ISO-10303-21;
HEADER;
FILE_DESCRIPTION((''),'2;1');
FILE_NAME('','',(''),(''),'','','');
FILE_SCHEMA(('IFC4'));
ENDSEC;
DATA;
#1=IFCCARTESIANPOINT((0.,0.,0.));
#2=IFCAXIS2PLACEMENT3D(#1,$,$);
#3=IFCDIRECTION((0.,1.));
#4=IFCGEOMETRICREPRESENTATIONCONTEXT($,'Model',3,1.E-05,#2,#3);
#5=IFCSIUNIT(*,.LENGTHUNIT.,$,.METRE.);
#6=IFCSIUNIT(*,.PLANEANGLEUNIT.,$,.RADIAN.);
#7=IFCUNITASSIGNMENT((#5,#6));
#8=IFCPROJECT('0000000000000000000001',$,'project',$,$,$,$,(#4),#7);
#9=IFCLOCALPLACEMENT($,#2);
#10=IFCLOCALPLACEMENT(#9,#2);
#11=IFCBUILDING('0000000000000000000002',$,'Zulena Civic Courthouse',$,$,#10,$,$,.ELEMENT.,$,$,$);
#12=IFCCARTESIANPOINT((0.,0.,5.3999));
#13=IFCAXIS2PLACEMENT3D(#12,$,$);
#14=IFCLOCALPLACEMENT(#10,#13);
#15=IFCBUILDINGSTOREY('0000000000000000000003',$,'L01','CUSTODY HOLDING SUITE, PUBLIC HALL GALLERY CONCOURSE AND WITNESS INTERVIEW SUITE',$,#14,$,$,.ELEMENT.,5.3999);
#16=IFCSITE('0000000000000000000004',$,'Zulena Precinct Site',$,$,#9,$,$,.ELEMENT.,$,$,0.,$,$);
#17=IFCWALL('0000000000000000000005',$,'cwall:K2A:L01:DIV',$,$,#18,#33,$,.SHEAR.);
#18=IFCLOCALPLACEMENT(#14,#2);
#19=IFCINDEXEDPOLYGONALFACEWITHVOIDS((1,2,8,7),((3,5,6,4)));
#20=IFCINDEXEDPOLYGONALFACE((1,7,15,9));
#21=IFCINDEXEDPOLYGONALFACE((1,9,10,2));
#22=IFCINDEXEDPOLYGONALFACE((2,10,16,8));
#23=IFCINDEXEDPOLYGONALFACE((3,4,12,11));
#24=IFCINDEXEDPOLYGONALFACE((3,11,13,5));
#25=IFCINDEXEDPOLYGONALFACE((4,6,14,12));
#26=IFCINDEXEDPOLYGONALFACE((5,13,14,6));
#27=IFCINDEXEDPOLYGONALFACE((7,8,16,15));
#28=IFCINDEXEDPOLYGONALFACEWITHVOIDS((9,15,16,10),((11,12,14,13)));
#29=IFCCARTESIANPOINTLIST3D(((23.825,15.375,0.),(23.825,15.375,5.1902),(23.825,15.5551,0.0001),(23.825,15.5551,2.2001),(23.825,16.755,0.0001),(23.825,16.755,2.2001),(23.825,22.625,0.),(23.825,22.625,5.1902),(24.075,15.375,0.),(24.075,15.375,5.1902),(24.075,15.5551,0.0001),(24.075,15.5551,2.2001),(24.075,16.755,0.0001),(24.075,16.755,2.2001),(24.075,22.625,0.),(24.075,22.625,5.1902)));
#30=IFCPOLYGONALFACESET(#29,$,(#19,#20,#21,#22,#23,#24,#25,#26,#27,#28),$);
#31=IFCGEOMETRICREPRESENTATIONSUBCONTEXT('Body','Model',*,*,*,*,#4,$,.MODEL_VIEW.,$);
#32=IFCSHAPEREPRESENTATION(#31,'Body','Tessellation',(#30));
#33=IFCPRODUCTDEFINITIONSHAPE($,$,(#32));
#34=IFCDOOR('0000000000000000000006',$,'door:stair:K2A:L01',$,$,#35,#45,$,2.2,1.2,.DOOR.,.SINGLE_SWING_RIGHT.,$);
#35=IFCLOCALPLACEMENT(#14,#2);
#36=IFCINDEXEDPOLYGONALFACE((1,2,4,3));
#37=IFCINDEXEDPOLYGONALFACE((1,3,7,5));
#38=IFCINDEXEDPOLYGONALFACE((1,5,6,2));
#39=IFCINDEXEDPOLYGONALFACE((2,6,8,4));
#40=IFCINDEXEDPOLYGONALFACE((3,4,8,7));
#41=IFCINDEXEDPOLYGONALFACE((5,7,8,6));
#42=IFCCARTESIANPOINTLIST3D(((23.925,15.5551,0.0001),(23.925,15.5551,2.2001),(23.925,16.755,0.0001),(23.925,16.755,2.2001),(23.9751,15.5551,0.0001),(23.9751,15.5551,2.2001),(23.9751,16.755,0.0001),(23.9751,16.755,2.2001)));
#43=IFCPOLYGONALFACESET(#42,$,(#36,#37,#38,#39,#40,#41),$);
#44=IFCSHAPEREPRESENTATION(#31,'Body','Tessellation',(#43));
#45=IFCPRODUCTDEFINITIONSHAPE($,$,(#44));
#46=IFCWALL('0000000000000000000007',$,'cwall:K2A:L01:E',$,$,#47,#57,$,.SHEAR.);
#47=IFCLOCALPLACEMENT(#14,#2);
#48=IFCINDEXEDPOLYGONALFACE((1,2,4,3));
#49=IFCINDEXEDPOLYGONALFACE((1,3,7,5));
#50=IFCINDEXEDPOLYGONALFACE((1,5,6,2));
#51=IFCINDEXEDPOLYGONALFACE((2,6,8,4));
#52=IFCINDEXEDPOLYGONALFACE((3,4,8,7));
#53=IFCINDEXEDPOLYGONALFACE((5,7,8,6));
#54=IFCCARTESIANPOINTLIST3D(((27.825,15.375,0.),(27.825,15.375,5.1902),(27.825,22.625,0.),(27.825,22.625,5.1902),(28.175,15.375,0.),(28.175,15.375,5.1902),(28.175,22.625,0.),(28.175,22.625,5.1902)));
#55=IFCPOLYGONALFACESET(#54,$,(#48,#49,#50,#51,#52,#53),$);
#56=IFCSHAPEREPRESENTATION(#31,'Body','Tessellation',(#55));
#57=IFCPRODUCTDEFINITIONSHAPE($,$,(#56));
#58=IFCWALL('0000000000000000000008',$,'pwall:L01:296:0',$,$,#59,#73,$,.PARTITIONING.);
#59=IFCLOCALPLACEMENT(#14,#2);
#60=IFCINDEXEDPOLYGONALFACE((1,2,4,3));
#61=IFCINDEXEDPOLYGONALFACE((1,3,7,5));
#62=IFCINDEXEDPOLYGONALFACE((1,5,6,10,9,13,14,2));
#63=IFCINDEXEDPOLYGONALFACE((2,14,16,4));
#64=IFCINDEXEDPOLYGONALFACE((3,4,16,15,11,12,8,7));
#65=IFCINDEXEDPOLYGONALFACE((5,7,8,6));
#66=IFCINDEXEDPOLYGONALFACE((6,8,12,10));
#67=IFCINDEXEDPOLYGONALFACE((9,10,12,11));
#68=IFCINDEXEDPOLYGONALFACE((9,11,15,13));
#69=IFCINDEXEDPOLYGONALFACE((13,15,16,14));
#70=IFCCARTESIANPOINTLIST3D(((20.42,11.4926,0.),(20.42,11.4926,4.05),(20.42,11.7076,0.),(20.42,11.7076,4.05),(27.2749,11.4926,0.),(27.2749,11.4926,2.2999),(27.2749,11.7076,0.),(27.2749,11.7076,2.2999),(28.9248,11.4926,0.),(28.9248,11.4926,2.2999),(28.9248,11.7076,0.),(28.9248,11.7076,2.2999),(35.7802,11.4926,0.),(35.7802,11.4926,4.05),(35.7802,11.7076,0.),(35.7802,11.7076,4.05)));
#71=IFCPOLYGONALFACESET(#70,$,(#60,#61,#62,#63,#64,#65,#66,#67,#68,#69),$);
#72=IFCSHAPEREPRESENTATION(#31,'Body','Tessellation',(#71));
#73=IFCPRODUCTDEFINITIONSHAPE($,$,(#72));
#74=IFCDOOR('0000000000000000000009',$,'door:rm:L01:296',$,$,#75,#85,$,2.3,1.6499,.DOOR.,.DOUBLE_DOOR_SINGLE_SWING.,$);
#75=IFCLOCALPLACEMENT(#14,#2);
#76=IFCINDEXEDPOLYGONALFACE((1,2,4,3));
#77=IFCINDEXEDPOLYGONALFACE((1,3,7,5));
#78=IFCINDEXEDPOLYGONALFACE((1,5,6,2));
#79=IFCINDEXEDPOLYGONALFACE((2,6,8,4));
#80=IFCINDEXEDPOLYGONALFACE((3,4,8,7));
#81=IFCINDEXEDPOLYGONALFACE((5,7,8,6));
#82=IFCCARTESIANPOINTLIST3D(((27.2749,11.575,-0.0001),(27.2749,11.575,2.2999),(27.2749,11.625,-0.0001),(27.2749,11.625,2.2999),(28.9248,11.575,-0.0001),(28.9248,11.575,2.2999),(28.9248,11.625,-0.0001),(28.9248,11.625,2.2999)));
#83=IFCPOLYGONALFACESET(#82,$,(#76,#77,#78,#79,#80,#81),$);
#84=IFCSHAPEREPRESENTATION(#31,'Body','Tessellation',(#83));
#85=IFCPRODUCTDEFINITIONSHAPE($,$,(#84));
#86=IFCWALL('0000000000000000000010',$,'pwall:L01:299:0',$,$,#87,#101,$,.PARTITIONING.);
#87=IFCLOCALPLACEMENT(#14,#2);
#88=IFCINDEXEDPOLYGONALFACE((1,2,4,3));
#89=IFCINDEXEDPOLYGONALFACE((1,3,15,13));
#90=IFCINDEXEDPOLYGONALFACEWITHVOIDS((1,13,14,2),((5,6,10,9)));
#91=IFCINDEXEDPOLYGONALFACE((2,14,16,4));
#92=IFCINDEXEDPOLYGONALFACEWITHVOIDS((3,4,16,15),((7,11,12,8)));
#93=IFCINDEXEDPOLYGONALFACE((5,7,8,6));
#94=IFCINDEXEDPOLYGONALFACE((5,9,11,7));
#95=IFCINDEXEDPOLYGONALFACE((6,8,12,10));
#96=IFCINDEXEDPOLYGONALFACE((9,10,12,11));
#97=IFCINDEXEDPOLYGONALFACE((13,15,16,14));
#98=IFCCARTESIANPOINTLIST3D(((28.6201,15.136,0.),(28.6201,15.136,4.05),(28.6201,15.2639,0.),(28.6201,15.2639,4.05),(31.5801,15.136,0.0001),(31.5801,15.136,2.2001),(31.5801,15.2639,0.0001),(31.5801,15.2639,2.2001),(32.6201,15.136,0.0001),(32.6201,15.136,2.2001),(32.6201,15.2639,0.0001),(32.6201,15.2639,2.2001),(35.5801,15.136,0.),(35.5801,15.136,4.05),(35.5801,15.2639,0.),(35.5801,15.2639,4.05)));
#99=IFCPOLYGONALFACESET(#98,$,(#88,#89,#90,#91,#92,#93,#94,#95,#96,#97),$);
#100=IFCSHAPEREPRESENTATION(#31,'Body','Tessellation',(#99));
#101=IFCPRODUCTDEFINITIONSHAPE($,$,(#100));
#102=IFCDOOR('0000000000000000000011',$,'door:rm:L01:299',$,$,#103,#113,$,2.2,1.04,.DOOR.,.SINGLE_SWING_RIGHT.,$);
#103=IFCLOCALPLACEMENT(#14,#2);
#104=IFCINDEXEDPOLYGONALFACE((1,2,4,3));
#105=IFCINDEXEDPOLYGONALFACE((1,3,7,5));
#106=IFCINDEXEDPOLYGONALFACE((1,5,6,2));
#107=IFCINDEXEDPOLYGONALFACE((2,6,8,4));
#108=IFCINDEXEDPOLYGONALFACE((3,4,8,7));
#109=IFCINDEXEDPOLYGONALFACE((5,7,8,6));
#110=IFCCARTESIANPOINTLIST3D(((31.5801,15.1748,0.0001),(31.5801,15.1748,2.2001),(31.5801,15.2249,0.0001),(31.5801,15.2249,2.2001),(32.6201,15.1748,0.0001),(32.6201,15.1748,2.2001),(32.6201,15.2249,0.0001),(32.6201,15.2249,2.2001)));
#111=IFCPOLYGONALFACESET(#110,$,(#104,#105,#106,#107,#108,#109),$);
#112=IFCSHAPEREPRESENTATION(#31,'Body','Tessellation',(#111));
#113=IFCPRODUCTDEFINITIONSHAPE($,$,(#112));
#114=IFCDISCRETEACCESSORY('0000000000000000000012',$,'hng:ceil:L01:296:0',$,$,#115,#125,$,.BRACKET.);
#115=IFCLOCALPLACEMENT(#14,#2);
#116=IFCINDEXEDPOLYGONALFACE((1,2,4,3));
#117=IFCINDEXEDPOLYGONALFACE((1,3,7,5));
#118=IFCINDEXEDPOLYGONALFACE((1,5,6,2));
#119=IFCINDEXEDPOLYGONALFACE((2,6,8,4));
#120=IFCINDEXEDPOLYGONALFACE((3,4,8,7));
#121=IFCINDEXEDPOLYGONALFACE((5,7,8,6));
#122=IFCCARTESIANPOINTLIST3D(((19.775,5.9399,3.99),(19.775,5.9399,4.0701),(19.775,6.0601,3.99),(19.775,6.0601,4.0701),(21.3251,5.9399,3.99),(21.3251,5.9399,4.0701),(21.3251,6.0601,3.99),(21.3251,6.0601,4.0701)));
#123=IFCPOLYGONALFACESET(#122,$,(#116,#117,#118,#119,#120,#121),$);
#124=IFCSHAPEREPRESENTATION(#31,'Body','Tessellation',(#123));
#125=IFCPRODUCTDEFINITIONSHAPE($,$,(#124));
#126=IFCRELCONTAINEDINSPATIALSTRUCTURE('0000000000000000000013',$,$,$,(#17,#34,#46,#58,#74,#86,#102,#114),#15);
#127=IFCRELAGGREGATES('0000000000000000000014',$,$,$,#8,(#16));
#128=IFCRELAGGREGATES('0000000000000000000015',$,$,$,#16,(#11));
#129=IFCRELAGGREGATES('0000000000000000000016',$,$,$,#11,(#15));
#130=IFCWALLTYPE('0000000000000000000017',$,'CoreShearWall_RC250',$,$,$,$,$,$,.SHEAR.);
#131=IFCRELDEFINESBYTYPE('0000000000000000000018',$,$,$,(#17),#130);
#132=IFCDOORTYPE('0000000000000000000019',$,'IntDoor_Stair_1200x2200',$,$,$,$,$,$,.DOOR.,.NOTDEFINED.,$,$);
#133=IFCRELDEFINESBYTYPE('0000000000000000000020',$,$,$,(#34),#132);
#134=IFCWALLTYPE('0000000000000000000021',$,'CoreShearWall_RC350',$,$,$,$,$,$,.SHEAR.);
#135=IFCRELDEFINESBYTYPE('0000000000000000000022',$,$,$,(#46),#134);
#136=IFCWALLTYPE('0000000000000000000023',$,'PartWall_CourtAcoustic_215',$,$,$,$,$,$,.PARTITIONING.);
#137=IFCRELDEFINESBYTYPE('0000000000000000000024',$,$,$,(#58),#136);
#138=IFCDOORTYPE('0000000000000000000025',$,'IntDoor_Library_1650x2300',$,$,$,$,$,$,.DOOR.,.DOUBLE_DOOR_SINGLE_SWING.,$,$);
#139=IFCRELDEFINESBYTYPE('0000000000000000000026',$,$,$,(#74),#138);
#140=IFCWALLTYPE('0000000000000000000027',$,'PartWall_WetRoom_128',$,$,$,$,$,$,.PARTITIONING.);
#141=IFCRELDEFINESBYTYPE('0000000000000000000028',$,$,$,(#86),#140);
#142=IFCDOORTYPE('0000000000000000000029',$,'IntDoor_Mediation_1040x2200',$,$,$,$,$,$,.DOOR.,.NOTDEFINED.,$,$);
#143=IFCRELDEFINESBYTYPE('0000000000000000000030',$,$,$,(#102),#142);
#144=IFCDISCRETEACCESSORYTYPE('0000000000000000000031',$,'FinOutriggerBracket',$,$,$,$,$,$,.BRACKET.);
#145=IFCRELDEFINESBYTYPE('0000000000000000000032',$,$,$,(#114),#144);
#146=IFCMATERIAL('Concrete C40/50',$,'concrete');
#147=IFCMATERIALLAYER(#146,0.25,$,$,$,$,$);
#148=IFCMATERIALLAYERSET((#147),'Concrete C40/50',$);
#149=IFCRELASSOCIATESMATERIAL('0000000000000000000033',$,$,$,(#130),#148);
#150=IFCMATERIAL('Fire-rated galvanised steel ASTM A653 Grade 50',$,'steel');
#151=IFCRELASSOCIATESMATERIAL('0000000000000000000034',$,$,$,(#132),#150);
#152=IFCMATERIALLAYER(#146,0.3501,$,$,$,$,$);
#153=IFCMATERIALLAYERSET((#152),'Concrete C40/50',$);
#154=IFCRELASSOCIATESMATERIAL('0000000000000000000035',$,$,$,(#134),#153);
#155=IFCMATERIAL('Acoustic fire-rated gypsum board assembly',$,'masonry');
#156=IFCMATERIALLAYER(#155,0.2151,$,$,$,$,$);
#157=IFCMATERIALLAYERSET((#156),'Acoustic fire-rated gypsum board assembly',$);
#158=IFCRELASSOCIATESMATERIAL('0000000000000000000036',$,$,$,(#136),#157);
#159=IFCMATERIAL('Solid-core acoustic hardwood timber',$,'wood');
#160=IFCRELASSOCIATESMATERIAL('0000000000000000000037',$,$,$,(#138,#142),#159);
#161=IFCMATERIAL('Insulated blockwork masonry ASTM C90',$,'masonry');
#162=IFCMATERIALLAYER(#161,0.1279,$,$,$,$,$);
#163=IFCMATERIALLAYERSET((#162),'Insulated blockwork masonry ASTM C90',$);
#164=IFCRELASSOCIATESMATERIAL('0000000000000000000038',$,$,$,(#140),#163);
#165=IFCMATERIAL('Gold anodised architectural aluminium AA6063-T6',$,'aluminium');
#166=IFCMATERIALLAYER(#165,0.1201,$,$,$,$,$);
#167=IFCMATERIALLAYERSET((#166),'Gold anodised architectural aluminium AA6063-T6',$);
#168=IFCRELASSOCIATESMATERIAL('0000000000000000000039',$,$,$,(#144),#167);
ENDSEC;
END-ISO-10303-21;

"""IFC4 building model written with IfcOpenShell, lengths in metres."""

from ifc_helpers import new_model, si_unit, direction, frame, frame_2d, origin, origin_2d, place, context, subcontext, project, spatial, rectangle, extrude, material, layer, layer_set, type_object, element, fill, save


model = new_model("IFC4")

# Units and contexts
model_context = context("Model", 3, precision=1e-05, world=origin(), true_north=direction((0.0, 1.0)))
body_context = subcontext(model_context, "Body", "Model", "MODEL_VIEW")
ifc_project = project(units=[si_unit("LENGTHUNIT", "METRE"), si_unit("PLANEANGLEUNIT", "RADIAN")], contexts=[model_context])

# Site, building, storey
site_placement = place(None, origin())
site = spatial("IfcSite", under=ifc_project, at=site_placement, Name="Zulena Precinct Site", CompositionType="ELEMENT", RefElevation=0.0)
building_placement = place(site_placement, origin())
building = spatial("IfcBuilding", under=site, at=building_placement, Name="Zulena Civic Courthouse", CompositionType="ELEMENT")
storey_placement = place(building_placement, frame((0.0, 0.0, 5.3999)))
storey = spatial("IfcBuildingStorey", under=building, at=storey_placement, Name="L01", Description="CUSTODY HOLDING SUITE, PUBLIC HALL GALLERY CONCOURSE AND WITNESS INTERVIEW SUITE", CompositionType="ELEMENT", Elevation=5.3999)

# Wall, opening, door
ifc_material_1 = material(Name="Concrete C40/50", Category="concrete")
ifc_layer_1 = layer(ifc_material_1, 0.25)
ifc_layer_set_1 = layer_set([ifc_layer_1], Name="Concrete C40/50")
wall_type_1 = type_object("IfcWallType", Name="CoreShearWall_RC250", PredefinedType="SHEAR", material=ifc_layer_set_1)
wall_1_placement = place(storey_placement, frame((23.95, 15.375, 0.0), z_axis=(0.0, 0.0, 1.0), x_axis=(0.0, 1.0, 0.0)))
wall_1 = element("IfcWall", 1, at=wall_1_placement, inside=storey, type_object=wall_type_1, Name="cwall:K2A:L01:DIV", PredefinedType="SHEAR", context=body_context, shape_type="SweptSolid", body=[
    extrude(rectangle(XDim=7.25, YDim=0.25, at=frame_2d((3.625, 0.0))), origin(), (0.0, 0.0, 1.0), 5.1902),
])
opening_1_placement = place(wall_1_placement, frame((0.1799, 0.0, 0.0)))
opening_1 = element("IfcOpeningElement", 2, at=opening_1_placement, cuts=wall_1, PredefinedType="OPENING", context=body_context, shape_type="SweptSolid", body=[
    extrude(rectangle(XDim=1.2, YDim=2.2, at=frame_2d((0.6001, 1.1001))), frame((0.0, 0.135, 0.0), z_axis=(0.0, -1.0, 0.0), x_axis=(1.0, 0.0, 0.0)), (0.0, 0.0, 1.0), 0.27),
])
ifc_material_2 = material(Name="Fire-rated galvanised steel ASTM A653 Grade 50", Category="steel")
door_type_1 = type_object("IfcDoorType", Name="IntDoor_Stair_1200x2200", OperationType="NOTDEFINED", PredefinedType="DOOR", material=ifc_material_2)
door_1_placement = place(opening_1_placement, origin())
door_1 = element("IfcDoor", 3, at=door_1_placement, inside=storey, type_object=door_type_1, Name="door:stair:K2A:L01", OperationType="SINGLE_SWING_RIGHT", OverallHeight=2.2, OverallWidth=1.2, PredefinedType="DOOR", context=body_context, shape_type="SweptSolid", body=[
    extrude(rectangle(XDim=1.2, YDim=2.2, at=frame_2d((0.6001, 1.1001))), frame((0.0, 0.0249, 0.0), z_axis=(0.0, -1.0, 0.0), x_axis=(1.0, 0.0, 0.0)), (0.0, 0.0, 1.0), 0.05),
])
fill(opening_1, door_1)

# Wall
ifc_layer_2 = layer(ifc_material_1, 0.3501)
ifc_layer_set_2 = layer_set([ifc_layer_2], Name="Concrete C40/50")
wall_type_2 = type_object("IfcWallType", Name="CoreShearWall_RC350", PredefinedType="SHEAR", material=ifc_layer_set_2)
wall_2_placement = place(storey_placement, frame((28.0, 15.375, 0.0), z_axis=(0.0, 0.0, 1.0), x_axis=(0.0, 1.0, 0.0)))
element("IfcWall", 4, at=wall_2_placement, inside=storey, type_object=wall_type_2, Name="cwall:K2A:L01:E", PredefinedType="SHEAR", context=body_context, shape_type="SweptSolid", body=[
    extrude(rectangle(XDim=7.25, YDim=0.3501, at=frame_2d((3.625, 0.0))), origin(), (0.0, 0.0, 1.0), 5.1902),
])

# Walls, openings, doors
ifc_material_3 = material(Name="Acoustic fire-rated gypsum board assembly", Category="masonry")
ifc_layer_3 = layer(ifc_material_3, 0.2151)
ifc_layer_set_3 = layer_set([ifc_layer_3], Name="Acoustic fire-rated gypsum board assembly")
wall_type_3 = type_object("IfcWallType", Name="PartWall_CourtAcoustic_215", PredefinedType="PARTITIONING", material=ifc_layer_set_3)
wall_3_placement = place(storey_placement, frame((20.4199, 11.6001, 0.0), z_axis=(0.0, 0.0, 1.0), x_axis=(1.0, 0.0, 0.0)))
wall_3 = element("IfcWall", 5, at=wall_3_placement, inside=storey, type_object=wall_type_3, Name="pwall:L01:296:0", PredefinedType="PARTITIONING", context=body_context, shape_type="SweptSolid", body=[
    extrude(rectangle(XDim=15.3601, YDim=0.2151, at=frame_2d((7.6802, 0.0))), origin(), (0.0, 0.0, 1.0), 4.05),
])
opening_2_placement = place(wall_3_placement, frame((6.855, 0.0, 0.0)))
opening_2 = element("IfcOpeningElement", 6, at=opening_2_placement, cuts=wall_3, PredefinedType="OPENING", context=body_context, shape_type="SweptSolid", body=[
    extrude(rectangle(XDim=1.6499, YDim=2.3, at=frame_2d((0.825, 1.1499))), frame((0.0, 0.1174, 0.0), z_axis=(0.0, -1.0, 0.0), x_axis=(1.0, 0.0, 0.0)), (0.0, 0.0, 1.0), 0.2351),
])
ifc_material_4 = material(Name="Solid-core acoustic hardwood timber", Category="wood")
door_type_2 = type_object("IfcDoorType", Name="IntDoor_Library_1650x2300", OperationType="DOUBLE_DOOR_SINGLE_SWING", PredefinedType="DOOR", material=ifc_material_4)
door_2_placement = place(opening_2_placement, origin())
door_2 = element("IfcDoor", 7, at=door_2_placement, inside=storey, type_object=door_type_2, Name="door:rm:L01:296", OperationType="DOUBLE_DOOR_SINGLE_SWING", OverallHeight=2.3, OverallWidth=1.6499, PredefinedType="DOOR", context=body_context, shape_type="SweptSolid", body=[
    extrude(rectangle(XDim=1.6499, YDim=2.3, at=frame_2d((0.825, 1.1499))), frame((0.0, 0.0249, 0.0), z_axis=(0.0, -1.0, 0.0), x_axis=(1.0, 0.0, 0.0)), (0.0, 0.0, 1.0), 0.05),
])
fill(opening_2, door_2)
ifc_material_5 = material(Name="Insulated blockwork masonry ASTM C90", Category="masonry")
ifc_layer_4 = layer(ifc_material_5, 0.1279)
ifc_layer_set_4 = layer_set([ifc_layer_4], Name="Insulated blockwork masonry ASTM C90")
wall_type_4 = type_object("IfcWallType", Name="PartWall_WetRoom_128", PredefinedType="PARTITIONING", material=ifc_layer_set_4)
wall_4_placement = place(storey_placement, frame((28.6201, 15.2, 0.0), z_axis=(0.0, 0.0, 1.0), x_axis=(1.0, 0.0, 0.0)))
wall_4 = element("IfcWall", 8, at=wall_4_placement, inside=storey, type_object=wall_type_4, Name="pwall:L01:299:0", PredefinedType="PARTITIONING", context=body_context, shape_type="SweptSolid", body=[
    extrude(rectangle(XDim=6.96, YDim=0.1279, at=frame_2d((3.48, 0.0))), origin(), (0.0, 0.0, 1.0), 4.05),
])
opening_3_placement = place(wall_4_placement, frame((2.96, 0.0, 0.0)))
opening_3 = element("IfcOpeningElement", 9, at=opening_3_placement, cuts=wall_4, PredefinedType="OPENING", context=body_context, shape_type="SweptSolid", body=[
    extrude(rectangle(XDim=1.04, YDim=2.2, at=frame_2d((0.52, 1.1001))), frame((0.0, 0.074, 0.0), z_axis=(0.0, -1.0, 0.0), x_axis=(1.0, 0.0, 0.0)), (0.0, 0.0, 1.0), 0.1479),
])
door_type_3 = type_object("IfcDoorType", Name="IntDoor_Mediation_1040x2200", OperationType="NOTDEFINED", PredefinedType="DOOR", material=ifc_material_4)
door_3_placement = place(opening_3_placement, origin())
door_3 = element("IfcDoor", 10, at=door_3_placement, inside=storey, type_object=door_type_3, Name="door:rm:L01:299", OperationType="SINGLE_SWING_RIGHT", OverallHeight=2.2, OverallWidth=1.04, PredefinedType="DOOR", context=body_context, shape_type="SweptSolid", body=[
    extrude(rectangle(XDim=1.04, YDim=2.2, at=frame_2d((0.52, 1.1001))), frame((0.0, 0.0249, 0.0), z_axis=(0.0, -1.0, 0.0), x_axis=(1.0, 0.0, 0.0)), (0.0, 0.0, 1.0), 0.05),
])
fill(opening_3, door_3)

# Discrete accessory
ifc_material_6 = material(Name="Gold anodised architectural aluminium AA6063-T6", Category="aluminium")
ifc_layer_5 = layer(ifc_material_6, 0.1201)
ifc_layer_set_5 = layer_set([ifc_layer_5], Name="Gold anodised architectural aluminium AA6063-T6")
discrete_accessory_type = type_object("IfcDiscreteAccessoryType", Name="FinOutriggerBracket", PredefinedType="BRACKET", material=ifc_layer_set_5)
discrete_accessory_placement = place(storey_placement, frame((20.55, 6.0, 3.99), z_axis=(0.0, 0.0, 1.0), x_axis=(1.0, 0.0, 0.0)))
element("IfcDiscreteAccessory", 11, at=discrete_accessory_placement, inside=storey, type_object=discrete_accessory_type, Name="hng:ceil:L01:296:0", PredefinedType="BRACKET", context=body_context, shape_type="SweptSolid", body=[
    extrude(rectangle(XDim=1.55, YDim=0.1201, at=origin_2d()), origin(), (0.0, 0.0, 1.0), 0.0801),
])

save(model, "model.ifc")
